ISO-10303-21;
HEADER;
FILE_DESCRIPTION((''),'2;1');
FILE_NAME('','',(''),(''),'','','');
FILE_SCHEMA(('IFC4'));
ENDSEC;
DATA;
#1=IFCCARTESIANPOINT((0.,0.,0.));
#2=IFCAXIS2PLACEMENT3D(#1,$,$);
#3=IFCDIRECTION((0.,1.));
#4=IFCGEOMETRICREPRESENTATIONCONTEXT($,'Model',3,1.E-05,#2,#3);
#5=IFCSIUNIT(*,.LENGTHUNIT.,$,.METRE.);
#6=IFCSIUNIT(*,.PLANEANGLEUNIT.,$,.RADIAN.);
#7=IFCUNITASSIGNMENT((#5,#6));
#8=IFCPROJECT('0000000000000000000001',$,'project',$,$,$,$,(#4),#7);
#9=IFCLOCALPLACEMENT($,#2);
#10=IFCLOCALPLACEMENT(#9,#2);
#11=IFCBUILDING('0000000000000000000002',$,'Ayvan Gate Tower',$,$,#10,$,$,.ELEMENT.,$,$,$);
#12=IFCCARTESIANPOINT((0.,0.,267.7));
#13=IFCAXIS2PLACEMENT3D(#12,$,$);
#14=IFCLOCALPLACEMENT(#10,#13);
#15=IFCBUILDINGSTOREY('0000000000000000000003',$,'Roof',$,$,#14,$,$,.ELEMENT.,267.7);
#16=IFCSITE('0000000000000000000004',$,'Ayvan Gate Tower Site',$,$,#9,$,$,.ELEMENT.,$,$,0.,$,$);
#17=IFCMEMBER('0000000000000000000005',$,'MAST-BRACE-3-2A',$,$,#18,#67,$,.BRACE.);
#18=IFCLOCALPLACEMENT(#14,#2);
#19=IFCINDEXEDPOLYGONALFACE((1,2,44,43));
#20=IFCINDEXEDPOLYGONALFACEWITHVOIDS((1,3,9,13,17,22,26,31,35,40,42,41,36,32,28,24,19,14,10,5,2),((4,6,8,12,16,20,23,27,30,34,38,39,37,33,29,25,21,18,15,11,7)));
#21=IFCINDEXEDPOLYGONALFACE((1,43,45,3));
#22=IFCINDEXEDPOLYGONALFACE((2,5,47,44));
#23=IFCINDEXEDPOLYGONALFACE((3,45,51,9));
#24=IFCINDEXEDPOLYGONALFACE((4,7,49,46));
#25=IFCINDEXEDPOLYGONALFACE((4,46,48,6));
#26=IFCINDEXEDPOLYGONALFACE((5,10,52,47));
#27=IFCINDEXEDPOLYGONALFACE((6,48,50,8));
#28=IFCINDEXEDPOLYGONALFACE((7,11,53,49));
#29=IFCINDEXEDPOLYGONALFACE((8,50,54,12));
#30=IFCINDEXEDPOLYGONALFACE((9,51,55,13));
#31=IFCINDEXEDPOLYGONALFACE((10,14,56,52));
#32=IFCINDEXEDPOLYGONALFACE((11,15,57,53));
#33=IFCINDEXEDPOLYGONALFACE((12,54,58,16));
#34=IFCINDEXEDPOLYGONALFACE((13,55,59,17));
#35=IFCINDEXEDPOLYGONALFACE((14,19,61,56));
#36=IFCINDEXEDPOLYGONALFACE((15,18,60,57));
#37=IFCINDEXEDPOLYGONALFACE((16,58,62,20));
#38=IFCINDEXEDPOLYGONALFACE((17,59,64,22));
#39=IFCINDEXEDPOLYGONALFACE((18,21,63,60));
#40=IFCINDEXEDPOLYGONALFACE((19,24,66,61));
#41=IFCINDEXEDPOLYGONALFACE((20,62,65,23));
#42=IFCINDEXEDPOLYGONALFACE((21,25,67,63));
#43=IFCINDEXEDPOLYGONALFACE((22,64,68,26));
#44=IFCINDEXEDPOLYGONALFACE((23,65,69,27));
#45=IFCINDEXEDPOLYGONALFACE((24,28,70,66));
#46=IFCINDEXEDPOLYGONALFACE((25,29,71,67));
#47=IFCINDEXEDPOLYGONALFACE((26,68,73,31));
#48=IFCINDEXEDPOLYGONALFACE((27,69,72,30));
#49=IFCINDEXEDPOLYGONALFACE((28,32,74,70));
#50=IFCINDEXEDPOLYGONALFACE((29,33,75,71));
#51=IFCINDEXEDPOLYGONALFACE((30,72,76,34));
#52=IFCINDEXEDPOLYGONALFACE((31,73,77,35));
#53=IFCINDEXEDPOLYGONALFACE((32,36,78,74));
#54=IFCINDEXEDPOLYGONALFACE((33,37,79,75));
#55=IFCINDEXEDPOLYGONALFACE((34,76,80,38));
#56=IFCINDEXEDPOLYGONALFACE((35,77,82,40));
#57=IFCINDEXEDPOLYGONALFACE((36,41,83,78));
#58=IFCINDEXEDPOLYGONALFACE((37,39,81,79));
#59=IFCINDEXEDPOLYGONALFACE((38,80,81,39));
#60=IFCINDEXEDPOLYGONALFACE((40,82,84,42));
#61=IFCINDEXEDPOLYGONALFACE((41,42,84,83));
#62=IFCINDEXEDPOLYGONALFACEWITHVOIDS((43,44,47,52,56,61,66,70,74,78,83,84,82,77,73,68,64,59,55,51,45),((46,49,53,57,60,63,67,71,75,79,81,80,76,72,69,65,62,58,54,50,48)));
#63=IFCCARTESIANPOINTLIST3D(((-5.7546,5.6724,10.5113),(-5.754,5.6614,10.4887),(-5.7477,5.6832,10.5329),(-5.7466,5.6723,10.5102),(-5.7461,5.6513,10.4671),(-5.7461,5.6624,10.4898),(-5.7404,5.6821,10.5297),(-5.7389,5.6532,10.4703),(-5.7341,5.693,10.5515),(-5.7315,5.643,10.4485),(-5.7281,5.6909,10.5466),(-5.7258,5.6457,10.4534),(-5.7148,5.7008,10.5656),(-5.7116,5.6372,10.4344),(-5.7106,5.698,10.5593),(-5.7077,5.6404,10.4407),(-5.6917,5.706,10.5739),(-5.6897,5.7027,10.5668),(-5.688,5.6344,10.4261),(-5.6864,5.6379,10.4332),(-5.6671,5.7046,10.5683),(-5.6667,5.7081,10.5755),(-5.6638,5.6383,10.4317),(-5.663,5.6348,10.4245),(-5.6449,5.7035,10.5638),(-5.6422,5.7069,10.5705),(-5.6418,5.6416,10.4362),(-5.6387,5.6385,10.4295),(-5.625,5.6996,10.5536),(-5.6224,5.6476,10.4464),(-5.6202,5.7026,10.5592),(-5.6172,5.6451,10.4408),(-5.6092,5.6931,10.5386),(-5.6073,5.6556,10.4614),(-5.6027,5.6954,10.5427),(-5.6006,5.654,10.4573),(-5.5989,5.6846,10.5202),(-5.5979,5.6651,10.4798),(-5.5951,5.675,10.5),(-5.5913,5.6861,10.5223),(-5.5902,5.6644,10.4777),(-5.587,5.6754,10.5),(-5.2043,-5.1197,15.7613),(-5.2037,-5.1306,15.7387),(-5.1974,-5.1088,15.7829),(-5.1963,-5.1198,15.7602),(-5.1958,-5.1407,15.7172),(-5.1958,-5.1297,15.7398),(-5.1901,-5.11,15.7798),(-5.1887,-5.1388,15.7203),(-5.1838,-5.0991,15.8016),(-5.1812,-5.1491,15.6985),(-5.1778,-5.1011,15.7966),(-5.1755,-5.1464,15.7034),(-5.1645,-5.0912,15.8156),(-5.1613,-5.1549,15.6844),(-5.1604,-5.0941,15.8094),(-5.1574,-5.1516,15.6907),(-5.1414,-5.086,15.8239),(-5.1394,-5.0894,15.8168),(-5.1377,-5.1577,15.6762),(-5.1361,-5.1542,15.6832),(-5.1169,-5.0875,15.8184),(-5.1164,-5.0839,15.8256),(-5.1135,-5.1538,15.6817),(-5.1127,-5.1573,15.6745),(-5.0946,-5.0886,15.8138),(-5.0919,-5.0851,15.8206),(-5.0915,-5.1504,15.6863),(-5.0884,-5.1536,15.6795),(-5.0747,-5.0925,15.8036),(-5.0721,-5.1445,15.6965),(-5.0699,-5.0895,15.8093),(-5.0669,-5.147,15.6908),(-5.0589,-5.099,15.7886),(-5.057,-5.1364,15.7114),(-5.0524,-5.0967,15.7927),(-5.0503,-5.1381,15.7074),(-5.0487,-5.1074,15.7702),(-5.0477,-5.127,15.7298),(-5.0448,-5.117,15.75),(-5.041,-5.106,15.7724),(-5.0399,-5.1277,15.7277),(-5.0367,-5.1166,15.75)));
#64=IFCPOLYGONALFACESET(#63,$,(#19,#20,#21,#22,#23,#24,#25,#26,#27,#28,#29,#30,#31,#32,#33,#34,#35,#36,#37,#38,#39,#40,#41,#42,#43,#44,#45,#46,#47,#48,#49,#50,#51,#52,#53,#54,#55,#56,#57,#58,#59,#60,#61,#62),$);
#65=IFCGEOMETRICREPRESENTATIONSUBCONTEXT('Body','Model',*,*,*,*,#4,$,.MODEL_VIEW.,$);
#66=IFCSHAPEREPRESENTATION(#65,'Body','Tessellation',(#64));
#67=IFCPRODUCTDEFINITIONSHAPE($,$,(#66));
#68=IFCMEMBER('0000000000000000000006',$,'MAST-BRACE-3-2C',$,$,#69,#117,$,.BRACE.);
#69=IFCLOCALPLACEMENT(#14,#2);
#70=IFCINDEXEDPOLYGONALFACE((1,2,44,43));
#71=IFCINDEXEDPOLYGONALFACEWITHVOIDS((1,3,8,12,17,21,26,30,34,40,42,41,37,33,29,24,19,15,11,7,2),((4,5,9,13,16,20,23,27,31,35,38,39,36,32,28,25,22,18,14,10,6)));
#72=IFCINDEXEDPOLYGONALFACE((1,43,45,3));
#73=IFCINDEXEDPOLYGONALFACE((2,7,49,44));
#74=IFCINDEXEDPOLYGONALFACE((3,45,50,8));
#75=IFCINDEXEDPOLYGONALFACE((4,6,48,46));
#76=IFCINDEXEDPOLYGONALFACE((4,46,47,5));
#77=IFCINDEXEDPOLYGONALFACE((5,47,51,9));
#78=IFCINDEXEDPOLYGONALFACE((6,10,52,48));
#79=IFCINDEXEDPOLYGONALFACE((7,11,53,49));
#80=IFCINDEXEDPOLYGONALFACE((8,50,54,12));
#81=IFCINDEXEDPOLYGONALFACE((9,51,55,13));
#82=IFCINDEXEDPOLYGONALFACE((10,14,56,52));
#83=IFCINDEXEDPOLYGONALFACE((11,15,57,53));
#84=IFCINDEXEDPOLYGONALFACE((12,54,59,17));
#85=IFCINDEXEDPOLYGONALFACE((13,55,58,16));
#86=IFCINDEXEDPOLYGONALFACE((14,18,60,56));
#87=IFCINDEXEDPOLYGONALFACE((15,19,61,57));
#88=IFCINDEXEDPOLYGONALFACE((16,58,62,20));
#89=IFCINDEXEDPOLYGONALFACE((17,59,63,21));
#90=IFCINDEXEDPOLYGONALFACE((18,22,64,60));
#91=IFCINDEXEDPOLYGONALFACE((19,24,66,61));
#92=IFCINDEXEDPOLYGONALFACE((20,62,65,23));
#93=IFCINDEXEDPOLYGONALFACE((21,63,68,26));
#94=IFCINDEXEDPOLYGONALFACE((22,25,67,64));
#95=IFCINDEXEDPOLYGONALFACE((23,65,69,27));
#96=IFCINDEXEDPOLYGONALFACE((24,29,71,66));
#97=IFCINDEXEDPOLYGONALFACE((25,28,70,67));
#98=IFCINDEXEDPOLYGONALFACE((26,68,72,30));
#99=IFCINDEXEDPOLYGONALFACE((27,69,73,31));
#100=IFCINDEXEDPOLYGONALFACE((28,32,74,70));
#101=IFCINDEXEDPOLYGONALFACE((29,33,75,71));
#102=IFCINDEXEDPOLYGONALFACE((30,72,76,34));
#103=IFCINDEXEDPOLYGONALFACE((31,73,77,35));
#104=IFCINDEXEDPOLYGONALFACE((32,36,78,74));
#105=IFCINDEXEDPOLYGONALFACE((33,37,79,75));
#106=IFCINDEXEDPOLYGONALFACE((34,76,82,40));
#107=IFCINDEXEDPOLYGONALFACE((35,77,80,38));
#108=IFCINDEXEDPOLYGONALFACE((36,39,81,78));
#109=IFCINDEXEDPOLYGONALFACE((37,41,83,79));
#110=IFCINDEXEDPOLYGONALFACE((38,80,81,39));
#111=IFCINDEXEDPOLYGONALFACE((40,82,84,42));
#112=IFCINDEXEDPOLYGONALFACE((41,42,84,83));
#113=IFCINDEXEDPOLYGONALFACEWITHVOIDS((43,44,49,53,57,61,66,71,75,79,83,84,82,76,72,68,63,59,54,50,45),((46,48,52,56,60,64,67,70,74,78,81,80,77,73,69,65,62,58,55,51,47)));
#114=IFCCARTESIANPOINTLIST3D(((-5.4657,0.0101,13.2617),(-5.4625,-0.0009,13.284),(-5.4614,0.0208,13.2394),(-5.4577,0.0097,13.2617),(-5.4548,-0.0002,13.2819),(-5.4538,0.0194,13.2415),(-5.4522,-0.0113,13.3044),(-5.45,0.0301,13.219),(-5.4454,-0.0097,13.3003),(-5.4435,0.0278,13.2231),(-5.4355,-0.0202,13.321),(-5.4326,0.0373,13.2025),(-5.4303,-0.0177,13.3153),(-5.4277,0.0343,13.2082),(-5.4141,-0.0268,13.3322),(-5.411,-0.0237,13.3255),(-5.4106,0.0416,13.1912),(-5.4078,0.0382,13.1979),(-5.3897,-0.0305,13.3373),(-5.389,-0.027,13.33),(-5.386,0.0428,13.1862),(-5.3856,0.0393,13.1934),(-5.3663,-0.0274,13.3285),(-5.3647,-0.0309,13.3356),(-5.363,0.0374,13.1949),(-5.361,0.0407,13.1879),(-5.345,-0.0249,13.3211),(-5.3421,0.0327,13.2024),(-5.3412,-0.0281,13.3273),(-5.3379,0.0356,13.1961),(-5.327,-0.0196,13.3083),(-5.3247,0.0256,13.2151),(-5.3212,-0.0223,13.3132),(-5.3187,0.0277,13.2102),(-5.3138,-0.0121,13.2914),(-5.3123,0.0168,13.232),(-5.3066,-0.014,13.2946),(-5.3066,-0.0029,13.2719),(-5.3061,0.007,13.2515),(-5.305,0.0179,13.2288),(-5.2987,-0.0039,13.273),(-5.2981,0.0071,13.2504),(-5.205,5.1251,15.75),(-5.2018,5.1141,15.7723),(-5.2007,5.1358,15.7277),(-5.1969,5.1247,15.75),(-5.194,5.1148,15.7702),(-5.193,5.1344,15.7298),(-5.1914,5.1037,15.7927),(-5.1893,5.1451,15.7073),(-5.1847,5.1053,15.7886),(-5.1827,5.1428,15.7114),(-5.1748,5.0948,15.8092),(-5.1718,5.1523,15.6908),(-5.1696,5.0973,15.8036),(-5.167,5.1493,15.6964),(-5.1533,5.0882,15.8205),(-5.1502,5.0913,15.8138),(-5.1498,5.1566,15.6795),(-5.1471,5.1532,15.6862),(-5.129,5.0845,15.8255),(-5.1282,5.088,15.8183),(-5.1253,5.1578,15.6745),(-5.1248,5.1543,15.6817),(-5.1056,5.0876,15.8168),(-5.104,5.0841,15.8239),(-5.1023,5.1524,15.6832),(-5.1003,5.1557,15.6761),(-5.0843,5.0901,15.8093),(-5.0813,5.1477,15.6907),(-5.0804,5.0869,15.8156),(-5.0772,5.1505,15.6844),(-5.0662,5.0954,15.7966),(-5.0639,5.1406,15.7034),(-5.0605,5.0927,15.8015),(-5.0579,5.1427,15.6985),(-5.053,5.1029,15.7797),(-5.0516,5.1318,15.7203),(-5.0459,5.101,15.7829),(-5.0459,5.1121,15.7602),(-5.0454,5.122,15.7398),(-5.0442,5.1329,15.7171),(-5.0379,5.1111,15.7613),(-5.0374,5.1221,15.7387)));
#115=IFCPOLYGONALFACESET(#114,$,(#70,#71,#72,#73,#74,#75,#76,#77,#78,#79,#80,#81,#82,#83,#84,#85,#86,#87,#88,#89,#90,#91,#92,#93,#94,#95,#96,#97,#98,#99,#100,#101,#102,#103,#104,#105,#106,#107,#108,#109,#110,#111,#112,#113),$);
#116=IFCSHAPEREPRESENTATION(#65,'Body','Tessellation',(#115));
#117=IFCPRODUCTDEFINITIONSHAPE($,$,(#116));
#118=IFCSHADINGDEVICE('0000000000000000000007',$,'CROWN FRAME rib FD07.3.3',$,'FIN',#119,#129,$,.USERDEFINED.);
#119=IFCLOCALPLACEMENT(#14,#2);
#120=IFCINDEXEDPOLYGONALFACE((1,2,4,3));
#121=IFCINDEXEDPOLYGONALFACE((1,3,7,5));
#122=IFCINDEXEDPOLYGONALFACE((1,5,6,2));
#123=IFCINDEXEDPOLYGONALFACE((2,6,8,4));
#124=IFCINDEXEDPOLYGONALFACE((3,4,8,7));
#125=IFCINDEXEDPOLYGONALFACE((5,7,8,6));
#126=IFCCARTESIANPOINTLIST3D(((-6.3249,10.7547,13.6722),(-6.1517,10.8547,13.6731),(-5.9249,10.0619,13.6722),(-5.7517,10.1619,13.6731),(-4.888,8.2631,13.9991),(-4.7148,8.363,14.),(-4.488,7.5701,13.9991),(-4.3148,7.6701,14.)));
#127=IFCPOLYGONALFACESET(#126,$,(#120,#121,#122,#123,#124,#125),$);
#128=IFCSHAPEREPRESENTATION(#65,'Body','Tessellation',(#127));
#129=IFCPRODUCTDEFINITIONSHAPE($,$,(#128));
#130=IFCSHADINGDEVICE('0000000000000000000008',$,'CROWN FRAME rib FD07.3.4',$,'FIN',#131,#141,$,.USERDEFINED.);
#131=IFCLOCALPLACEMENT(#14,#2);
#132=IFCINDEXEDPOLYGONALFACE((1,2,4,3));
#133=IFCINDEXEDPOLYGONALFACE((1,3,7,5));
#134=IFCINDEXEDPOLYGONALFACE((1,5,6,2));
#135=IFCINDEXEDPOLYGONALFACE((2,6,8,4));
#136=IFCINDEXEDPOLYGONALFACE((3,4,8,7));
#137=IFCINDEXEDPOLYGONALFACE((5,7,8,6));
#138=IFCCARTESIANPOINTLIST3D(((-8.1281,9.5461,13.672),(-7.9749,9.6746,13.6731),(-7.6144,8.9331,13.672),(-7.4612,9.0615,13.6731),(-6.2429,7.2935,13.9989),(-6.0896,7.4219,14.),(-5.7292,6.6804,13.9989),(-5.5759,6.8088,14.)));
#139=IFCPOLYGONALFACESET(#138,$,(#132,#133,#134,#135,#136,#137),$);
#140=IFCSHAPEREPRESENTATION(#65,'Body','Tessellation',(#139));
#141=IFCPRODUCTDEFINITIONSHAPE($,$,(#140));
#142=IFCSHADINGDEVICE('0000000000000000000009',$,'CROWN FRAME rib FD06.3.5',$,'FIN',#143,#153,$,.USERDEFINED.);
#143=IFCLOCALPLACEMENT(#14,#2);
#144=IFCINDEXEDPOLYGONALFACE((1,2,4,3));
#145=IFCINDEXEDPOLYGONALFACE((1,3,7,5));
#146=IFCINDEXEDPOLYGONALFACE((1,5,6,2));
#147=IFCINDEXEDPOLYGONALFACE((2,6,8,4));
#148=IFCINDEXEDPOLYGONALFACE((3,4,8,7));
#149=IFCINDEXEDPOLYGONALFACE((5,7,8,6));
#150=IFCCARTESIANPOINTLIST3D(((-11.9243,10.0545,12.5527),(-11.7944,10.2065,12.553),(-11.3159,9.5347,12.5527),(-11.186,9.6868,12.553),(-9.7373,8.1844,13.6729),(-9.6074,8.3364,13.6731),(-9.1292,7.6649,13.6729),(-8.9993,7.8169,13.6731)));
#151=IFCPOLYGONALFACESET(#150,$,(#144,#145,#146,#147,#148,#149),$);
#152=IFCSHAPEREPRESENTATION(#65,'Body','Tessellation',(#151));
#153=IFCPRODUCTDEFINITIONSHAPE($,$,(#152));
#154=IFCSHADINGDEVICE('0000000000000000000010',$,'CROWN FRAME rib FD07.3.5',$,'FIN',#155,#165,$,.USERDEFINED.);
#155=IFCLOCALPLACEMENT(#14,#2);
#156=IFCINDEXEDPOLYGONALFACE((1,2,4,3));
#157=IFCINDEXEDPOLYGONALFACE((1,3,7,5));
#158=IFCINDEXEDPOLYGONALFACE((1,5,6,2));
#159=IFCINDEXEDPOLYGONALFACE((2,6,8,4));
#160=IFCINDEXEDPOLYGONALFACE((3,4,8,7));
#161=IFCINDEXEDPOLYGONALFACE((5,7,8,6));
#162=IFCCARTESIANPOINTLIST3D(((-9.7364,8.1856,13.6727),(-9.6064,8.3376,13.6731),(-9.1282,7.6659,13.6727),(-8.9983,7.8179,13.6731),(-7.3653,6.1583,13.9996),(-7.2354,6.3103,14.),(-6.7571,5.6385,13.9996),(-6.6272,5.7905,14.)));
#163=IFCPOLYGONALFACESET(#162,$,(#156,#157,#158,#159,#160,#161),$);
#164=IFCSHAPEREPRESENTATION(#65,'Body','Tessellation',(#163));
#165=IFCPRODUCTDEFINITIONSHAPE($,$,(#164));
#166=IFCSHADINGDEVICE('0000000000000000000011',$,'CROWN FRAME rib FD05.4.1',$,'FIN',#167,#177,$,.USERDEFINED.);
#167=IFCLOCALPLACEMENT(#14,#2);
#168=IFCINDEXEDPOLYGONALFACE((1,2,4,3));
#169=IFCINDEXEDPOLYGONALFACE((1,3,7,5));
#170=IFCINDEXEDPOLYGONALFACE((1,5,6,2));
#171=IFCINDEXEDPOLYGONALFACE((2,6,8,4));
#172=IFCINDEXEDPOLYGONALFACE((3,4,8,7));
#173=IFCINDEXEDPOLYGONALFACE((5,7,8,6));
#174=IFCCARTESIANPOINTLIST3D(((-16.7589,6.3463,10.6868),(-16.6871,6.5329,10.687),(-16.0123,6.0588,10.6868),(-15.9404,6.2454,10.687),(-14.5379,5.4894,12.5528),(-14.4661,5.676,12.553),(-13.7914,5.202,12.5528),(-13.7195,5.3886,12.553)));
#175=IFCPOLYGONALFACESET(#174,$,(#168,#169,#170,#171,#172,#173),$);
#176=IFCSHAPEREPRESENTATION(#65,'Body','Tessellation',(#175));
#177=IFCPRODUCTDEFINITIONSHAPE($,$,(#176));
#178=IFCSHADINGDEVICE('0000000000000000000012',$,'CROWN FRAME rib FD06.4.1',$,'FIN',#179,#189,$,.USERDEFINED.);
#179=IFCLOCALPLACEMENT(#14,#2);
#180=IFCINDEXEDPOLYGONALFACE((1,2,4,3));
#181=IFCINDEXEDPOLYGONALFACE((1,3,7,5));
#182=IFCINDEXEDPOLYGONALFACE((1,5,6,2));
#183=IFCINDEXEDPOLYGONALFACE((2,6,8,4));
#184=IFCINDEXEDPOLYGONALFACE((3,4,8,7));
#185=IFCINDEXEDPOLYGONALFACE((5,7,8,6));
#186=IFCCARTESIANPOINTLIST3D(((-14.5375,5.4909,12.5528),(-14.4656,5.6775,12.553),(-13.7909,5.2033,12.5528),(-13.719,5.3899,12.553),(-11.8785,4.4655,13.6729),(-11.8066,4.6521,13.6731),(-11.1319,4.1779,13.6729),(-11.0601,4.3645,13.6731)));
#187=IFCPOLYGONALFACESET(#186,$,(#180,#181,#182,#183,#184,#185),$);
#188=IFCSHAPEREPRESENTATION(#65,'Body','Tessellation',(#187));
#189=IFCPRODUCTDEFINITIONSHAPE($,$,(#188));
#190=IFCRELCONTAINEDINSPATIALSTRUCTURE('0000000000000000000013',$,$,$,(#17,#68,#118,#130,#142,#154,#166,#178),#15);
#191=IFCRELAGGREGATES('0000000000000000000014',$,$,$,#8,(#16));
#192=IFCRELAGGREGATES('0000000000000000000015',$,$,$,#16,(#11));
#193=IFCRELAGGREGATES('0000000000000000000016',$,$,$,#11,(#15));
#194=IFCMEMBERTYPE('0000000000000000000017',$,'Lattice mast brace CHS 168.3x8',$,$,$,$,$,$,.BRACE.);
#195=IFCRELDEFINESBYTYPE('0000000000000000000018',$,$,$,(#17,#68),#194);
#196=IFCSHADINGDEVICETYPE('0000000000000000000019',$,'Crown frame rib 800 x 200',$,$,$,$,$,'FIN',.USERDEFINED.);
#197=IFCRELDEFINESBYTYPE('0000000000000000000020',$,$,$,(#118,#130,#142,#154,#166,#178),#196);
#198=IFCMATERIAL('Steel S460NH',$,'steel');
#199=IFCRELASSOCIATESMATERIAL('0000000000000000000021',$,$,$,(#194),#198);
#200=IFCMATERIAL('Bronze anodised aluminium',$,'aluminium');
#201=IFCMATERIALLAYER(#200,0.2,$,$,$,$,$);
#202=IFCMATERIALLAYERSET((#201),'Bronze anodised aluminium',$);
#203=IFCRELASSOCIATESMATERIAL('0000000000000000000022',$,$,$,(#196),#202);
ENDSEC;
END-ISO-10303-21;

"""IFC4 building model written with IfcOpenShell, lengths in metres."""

from ifc_helpers import new_model, si_unit, direction, frame, origin, origin_2d, place, context, subcontext, project, spatial, polyline, hollow_circle, outline, extrude, material, layer, layer_set, material_profile, profile_set, type_object, element, save


model = new_model("IFC4")

# Units and contexts
model_context = context("Model", 3, precision=1e-05, world=origin(), true_north=direction((0.0, 1.0)))
body_context = subcontext(model_context, "Body", "Model", "MODEL_VIEW")
ifc_project = project(units=[si_unit("LENGTHUNIT", "METRE"), si_unit("PLANEANGLEUNIT", "RADIAN")], contexts=[model_context])

# Site, building, storey
site_placement = place(None, origin())
site = spatial("IfcSite", under=ifc_project, at=site_placement, Name="Ayvan Gate Tower Site", CompositionType="ELEMENT", RefElevation=0.0)
building_placement = place(site_placement, origin())
building = spatial("IfcBuilding", under=site, at=building_placement, Name="Ayvan Gate Tower", CompositionType="ELEMENT")
storey_placement = place(building_placement, frame((0.0, 0.0, 267.7)))
storey = spatial("IfcBuildingStorey", under=building, at=storey_placement, Name="Roof", CompositionType="ELEMENT", Elevation=267.7)

# Members
ifc_material_1 = material(Name="Steel S460NH", Category="steel")
ifc_material_profile = material_profile(ifc_material_1, hollow_circle(Radius=0.0842, WallThickness=0.0081, at=origin_2d()), Name="CHS 168.3x8")
ifc_profile_set = profile_set([ifc_material_profile], Name="Steel S460NH")
member_type = type_object("IfcMemberType", Name="Lattice mast brace CHS 168.3x8", PredefinedType="BRACE", material=ifc_profile_set)
member_1_placement = place(storey_placement, frame((-5.6711, 5.6711, 10.5), z_axis=(0.045805, -0.898296, 0.436996), x_axis=(0.998702, 0.050925, 0.0)))
element("IfcMember", 1, at=member_1_placement, inside=storey, type_object=member_type, Name="MAST-BRACE-3-2A", PredefinedType="BRACE", context=body_context, shape_type="SweptSolid", body=[
    extrude(hollow_circle(Radius=0.0842, WallThickness=0.0081, at=origin_2d()), origin(), (0.0, 0.0, 1.0), 12.0139),
])
member_2_placement = place(storey_placement, frame((-5.3816, 0.0059, 13.2617), z_axis=(0.045792, 0.898298, 0.436994), x_axis=(-0.998703, 0.05091, 0.0)))
element("IfcMember", 2, at=member_2_placement, inside=storey, type_object=member_type, Name="MAST-BRACE-3-2C", PredefinedType="BRACE", context=body_context, shape_type="SweptSolid", body=[
    extrude(hollow_circle(Radius=0.0842, WallThickness=0.0081, at=origin_2d()), origin(), (0.0, 0.0, 1.0), 5.6941),
])

# Shading devices
ifc_material_2 = material(Name="Bronze anodised aluminium", Category="aluminium")
ifc_layer_1 = layer(ifc_material_2, 0.2)
ifc_layer_set_1 = layer_set([ifc_layer_1], Name="Bronze anodised aluminium")
shading_device_type = type_object("IfcShadingDeviceType", Name="Crown frame rib 800 x 200", ElementType="FIN", PredefinedType="USERDEFINED", material=ifc_layer_set_1)
shading_device_1_placement = place(storey_placement, frame((-5.7517, 10.1619, 13.6731), z_axis=(0.86602, 0.49999, 0.00444), x_axis=(-0.499995, 0.866028, -0.000001)))
element("IfcShadingDevice", 3, at=shading_device_1_placement, inside=storey, type_object=shading_device_type, Name="CROWN FRAME rib FD07.3.3", ObjectType="FIN", PredefinedType="USERDEFINED", context=body_context, shape_type="SweptSolid", body=[
    extrude(outline(polyline([(0.0, 0.0), (0.8, 0.0), (-2.0763, 0.3269), (-2.8764, 0.3269), (0.0, 0.0)])), origin(), (0.0, 0.0, -1.0), 0.2),
])
shading_device_2_placement = place(storey_placement, frame((-7.4612, 9.0615, 13.6731), z_axis=(0.766481, 0.642244, 0.005395), x_axis=(-0.642254, 0.766492, 0.0)))
element("IfcShadingDevice", 4, at=shading_device_2_placement, inside=storey, type_object=shading_device_type, Name="CROWN FRAME rib FD07.3.4", ObjectType="FIN", PredefinedType="USERDEFINED", context=body_context, shape_type="SweptSolid", body=[
    extrude(outline(polyline([(0.0, 0.0), (0.7998, 0.0), (-2.1377, 0.3269), (-2.9375, 0.3269), (0.0, 0.0)])), origin(), (0.0, 0.0, -1.0), 0.2),
])
shading_device_3_placement = place(storey_placement, frame((-11.186, 9.6868, 12.553), z_axis=(0.649546, 0.760321, 0.001171), x_axis=(-0.760322, 0.649546, 0.0)))
element("IfcShadingDevice", 5, at=shading_device_3_placement, inside=storey, type_object=shading_device_type, Name="CROWN FRAME rib FD06.3.5", ObjectType="FIN", PredefinedType="USERDEFINED", context=body_context, shape_type="SweptSolid", body=[
    extrude(outline(polyline([(0.0, 0.0), (0.8002, 0.0), (-2.0774, 1.1201), (-2.8772, 1.1201), (0.0, 0.0)])), origin(), (0.0, 0.0, -1.0), 0.2),
])
shading_device_4_placement = place(storey_placement, frame((-8.9983, 7.8179, 13.6731), z_axis=(0.649709, 0.760181, 0.001918), x_axis=(-0.760182, 0.64971, 0.0)))
element("IfcShadingDevice", 6, at=shading_device_4_placement, inside=storey, type_object=shading_device_type, Name="CROWN FRAME rib FD07.3.5", ObjectType="FIN", PredefinedType="USERDEFINED", context=body_context, shape_type="SweptSolid", body=[
    extrude(outline(polyline([(0.0, 0.0), (0.8, 0.0), (-2.3196, 0.3269), (-3.1196, 0.3269), (0.0, 0.0)])), origin(), (0.0, 0.0, -1.0), 0.2),
])
shading_device_5_placement = place(storey_placement, frame((-15.9404, 6.2454, 10.687), z_axis=(0.359337, 0.933208, 0.000812), x_axis=(-0.933208, 0.359337, 0.0)))
element("IfcShadingDevice", 7, at=shading_device_5_placement, inside=storey, type_object=shading_device_type, Name="CROWN FRAME rib FD05.4.1", ObjectType="FIN", PredefinedType="USERDEFINED", context=body_context, shape_type="SweptSolid", body=[
    extrude(outline(polyline([(0.0, 0.0), (0.8001, 0.0), (-1.5805, 1.866), (-2.3804, 1.866), (0.0, 0.0)])), origin(), (0.0, 0.0, -1.0), 0.2),
])
shading_device_6_placement = place(storey_placement, frame((-13.719, 5.3899, 12.553), z_axis=(0.35947, 0.933156, 0.000931), x_axis=(-0.933157, 0.35947, 0.0)))
element("IfcShadingDevice", 8, at=shading_device_6_placement, inside=storey, type_object=shading_device_type, Name="CROWN FRAME rib FD06.4.1", ObjectType="FIN", PredefinedType="USERDEFINED", context=body_context, shape_type="SweptSolid", body=[
    extrude(outline(polyline([(0.0, 0.0), (0.8001, 0.0), (-2.0497, 1.1201), (-2.8498, 1.1201), (0.0, 0.0)])), origin(), (0.0, 0.0, -1.0), 0.2),
])

save(model, "model.ifc")
